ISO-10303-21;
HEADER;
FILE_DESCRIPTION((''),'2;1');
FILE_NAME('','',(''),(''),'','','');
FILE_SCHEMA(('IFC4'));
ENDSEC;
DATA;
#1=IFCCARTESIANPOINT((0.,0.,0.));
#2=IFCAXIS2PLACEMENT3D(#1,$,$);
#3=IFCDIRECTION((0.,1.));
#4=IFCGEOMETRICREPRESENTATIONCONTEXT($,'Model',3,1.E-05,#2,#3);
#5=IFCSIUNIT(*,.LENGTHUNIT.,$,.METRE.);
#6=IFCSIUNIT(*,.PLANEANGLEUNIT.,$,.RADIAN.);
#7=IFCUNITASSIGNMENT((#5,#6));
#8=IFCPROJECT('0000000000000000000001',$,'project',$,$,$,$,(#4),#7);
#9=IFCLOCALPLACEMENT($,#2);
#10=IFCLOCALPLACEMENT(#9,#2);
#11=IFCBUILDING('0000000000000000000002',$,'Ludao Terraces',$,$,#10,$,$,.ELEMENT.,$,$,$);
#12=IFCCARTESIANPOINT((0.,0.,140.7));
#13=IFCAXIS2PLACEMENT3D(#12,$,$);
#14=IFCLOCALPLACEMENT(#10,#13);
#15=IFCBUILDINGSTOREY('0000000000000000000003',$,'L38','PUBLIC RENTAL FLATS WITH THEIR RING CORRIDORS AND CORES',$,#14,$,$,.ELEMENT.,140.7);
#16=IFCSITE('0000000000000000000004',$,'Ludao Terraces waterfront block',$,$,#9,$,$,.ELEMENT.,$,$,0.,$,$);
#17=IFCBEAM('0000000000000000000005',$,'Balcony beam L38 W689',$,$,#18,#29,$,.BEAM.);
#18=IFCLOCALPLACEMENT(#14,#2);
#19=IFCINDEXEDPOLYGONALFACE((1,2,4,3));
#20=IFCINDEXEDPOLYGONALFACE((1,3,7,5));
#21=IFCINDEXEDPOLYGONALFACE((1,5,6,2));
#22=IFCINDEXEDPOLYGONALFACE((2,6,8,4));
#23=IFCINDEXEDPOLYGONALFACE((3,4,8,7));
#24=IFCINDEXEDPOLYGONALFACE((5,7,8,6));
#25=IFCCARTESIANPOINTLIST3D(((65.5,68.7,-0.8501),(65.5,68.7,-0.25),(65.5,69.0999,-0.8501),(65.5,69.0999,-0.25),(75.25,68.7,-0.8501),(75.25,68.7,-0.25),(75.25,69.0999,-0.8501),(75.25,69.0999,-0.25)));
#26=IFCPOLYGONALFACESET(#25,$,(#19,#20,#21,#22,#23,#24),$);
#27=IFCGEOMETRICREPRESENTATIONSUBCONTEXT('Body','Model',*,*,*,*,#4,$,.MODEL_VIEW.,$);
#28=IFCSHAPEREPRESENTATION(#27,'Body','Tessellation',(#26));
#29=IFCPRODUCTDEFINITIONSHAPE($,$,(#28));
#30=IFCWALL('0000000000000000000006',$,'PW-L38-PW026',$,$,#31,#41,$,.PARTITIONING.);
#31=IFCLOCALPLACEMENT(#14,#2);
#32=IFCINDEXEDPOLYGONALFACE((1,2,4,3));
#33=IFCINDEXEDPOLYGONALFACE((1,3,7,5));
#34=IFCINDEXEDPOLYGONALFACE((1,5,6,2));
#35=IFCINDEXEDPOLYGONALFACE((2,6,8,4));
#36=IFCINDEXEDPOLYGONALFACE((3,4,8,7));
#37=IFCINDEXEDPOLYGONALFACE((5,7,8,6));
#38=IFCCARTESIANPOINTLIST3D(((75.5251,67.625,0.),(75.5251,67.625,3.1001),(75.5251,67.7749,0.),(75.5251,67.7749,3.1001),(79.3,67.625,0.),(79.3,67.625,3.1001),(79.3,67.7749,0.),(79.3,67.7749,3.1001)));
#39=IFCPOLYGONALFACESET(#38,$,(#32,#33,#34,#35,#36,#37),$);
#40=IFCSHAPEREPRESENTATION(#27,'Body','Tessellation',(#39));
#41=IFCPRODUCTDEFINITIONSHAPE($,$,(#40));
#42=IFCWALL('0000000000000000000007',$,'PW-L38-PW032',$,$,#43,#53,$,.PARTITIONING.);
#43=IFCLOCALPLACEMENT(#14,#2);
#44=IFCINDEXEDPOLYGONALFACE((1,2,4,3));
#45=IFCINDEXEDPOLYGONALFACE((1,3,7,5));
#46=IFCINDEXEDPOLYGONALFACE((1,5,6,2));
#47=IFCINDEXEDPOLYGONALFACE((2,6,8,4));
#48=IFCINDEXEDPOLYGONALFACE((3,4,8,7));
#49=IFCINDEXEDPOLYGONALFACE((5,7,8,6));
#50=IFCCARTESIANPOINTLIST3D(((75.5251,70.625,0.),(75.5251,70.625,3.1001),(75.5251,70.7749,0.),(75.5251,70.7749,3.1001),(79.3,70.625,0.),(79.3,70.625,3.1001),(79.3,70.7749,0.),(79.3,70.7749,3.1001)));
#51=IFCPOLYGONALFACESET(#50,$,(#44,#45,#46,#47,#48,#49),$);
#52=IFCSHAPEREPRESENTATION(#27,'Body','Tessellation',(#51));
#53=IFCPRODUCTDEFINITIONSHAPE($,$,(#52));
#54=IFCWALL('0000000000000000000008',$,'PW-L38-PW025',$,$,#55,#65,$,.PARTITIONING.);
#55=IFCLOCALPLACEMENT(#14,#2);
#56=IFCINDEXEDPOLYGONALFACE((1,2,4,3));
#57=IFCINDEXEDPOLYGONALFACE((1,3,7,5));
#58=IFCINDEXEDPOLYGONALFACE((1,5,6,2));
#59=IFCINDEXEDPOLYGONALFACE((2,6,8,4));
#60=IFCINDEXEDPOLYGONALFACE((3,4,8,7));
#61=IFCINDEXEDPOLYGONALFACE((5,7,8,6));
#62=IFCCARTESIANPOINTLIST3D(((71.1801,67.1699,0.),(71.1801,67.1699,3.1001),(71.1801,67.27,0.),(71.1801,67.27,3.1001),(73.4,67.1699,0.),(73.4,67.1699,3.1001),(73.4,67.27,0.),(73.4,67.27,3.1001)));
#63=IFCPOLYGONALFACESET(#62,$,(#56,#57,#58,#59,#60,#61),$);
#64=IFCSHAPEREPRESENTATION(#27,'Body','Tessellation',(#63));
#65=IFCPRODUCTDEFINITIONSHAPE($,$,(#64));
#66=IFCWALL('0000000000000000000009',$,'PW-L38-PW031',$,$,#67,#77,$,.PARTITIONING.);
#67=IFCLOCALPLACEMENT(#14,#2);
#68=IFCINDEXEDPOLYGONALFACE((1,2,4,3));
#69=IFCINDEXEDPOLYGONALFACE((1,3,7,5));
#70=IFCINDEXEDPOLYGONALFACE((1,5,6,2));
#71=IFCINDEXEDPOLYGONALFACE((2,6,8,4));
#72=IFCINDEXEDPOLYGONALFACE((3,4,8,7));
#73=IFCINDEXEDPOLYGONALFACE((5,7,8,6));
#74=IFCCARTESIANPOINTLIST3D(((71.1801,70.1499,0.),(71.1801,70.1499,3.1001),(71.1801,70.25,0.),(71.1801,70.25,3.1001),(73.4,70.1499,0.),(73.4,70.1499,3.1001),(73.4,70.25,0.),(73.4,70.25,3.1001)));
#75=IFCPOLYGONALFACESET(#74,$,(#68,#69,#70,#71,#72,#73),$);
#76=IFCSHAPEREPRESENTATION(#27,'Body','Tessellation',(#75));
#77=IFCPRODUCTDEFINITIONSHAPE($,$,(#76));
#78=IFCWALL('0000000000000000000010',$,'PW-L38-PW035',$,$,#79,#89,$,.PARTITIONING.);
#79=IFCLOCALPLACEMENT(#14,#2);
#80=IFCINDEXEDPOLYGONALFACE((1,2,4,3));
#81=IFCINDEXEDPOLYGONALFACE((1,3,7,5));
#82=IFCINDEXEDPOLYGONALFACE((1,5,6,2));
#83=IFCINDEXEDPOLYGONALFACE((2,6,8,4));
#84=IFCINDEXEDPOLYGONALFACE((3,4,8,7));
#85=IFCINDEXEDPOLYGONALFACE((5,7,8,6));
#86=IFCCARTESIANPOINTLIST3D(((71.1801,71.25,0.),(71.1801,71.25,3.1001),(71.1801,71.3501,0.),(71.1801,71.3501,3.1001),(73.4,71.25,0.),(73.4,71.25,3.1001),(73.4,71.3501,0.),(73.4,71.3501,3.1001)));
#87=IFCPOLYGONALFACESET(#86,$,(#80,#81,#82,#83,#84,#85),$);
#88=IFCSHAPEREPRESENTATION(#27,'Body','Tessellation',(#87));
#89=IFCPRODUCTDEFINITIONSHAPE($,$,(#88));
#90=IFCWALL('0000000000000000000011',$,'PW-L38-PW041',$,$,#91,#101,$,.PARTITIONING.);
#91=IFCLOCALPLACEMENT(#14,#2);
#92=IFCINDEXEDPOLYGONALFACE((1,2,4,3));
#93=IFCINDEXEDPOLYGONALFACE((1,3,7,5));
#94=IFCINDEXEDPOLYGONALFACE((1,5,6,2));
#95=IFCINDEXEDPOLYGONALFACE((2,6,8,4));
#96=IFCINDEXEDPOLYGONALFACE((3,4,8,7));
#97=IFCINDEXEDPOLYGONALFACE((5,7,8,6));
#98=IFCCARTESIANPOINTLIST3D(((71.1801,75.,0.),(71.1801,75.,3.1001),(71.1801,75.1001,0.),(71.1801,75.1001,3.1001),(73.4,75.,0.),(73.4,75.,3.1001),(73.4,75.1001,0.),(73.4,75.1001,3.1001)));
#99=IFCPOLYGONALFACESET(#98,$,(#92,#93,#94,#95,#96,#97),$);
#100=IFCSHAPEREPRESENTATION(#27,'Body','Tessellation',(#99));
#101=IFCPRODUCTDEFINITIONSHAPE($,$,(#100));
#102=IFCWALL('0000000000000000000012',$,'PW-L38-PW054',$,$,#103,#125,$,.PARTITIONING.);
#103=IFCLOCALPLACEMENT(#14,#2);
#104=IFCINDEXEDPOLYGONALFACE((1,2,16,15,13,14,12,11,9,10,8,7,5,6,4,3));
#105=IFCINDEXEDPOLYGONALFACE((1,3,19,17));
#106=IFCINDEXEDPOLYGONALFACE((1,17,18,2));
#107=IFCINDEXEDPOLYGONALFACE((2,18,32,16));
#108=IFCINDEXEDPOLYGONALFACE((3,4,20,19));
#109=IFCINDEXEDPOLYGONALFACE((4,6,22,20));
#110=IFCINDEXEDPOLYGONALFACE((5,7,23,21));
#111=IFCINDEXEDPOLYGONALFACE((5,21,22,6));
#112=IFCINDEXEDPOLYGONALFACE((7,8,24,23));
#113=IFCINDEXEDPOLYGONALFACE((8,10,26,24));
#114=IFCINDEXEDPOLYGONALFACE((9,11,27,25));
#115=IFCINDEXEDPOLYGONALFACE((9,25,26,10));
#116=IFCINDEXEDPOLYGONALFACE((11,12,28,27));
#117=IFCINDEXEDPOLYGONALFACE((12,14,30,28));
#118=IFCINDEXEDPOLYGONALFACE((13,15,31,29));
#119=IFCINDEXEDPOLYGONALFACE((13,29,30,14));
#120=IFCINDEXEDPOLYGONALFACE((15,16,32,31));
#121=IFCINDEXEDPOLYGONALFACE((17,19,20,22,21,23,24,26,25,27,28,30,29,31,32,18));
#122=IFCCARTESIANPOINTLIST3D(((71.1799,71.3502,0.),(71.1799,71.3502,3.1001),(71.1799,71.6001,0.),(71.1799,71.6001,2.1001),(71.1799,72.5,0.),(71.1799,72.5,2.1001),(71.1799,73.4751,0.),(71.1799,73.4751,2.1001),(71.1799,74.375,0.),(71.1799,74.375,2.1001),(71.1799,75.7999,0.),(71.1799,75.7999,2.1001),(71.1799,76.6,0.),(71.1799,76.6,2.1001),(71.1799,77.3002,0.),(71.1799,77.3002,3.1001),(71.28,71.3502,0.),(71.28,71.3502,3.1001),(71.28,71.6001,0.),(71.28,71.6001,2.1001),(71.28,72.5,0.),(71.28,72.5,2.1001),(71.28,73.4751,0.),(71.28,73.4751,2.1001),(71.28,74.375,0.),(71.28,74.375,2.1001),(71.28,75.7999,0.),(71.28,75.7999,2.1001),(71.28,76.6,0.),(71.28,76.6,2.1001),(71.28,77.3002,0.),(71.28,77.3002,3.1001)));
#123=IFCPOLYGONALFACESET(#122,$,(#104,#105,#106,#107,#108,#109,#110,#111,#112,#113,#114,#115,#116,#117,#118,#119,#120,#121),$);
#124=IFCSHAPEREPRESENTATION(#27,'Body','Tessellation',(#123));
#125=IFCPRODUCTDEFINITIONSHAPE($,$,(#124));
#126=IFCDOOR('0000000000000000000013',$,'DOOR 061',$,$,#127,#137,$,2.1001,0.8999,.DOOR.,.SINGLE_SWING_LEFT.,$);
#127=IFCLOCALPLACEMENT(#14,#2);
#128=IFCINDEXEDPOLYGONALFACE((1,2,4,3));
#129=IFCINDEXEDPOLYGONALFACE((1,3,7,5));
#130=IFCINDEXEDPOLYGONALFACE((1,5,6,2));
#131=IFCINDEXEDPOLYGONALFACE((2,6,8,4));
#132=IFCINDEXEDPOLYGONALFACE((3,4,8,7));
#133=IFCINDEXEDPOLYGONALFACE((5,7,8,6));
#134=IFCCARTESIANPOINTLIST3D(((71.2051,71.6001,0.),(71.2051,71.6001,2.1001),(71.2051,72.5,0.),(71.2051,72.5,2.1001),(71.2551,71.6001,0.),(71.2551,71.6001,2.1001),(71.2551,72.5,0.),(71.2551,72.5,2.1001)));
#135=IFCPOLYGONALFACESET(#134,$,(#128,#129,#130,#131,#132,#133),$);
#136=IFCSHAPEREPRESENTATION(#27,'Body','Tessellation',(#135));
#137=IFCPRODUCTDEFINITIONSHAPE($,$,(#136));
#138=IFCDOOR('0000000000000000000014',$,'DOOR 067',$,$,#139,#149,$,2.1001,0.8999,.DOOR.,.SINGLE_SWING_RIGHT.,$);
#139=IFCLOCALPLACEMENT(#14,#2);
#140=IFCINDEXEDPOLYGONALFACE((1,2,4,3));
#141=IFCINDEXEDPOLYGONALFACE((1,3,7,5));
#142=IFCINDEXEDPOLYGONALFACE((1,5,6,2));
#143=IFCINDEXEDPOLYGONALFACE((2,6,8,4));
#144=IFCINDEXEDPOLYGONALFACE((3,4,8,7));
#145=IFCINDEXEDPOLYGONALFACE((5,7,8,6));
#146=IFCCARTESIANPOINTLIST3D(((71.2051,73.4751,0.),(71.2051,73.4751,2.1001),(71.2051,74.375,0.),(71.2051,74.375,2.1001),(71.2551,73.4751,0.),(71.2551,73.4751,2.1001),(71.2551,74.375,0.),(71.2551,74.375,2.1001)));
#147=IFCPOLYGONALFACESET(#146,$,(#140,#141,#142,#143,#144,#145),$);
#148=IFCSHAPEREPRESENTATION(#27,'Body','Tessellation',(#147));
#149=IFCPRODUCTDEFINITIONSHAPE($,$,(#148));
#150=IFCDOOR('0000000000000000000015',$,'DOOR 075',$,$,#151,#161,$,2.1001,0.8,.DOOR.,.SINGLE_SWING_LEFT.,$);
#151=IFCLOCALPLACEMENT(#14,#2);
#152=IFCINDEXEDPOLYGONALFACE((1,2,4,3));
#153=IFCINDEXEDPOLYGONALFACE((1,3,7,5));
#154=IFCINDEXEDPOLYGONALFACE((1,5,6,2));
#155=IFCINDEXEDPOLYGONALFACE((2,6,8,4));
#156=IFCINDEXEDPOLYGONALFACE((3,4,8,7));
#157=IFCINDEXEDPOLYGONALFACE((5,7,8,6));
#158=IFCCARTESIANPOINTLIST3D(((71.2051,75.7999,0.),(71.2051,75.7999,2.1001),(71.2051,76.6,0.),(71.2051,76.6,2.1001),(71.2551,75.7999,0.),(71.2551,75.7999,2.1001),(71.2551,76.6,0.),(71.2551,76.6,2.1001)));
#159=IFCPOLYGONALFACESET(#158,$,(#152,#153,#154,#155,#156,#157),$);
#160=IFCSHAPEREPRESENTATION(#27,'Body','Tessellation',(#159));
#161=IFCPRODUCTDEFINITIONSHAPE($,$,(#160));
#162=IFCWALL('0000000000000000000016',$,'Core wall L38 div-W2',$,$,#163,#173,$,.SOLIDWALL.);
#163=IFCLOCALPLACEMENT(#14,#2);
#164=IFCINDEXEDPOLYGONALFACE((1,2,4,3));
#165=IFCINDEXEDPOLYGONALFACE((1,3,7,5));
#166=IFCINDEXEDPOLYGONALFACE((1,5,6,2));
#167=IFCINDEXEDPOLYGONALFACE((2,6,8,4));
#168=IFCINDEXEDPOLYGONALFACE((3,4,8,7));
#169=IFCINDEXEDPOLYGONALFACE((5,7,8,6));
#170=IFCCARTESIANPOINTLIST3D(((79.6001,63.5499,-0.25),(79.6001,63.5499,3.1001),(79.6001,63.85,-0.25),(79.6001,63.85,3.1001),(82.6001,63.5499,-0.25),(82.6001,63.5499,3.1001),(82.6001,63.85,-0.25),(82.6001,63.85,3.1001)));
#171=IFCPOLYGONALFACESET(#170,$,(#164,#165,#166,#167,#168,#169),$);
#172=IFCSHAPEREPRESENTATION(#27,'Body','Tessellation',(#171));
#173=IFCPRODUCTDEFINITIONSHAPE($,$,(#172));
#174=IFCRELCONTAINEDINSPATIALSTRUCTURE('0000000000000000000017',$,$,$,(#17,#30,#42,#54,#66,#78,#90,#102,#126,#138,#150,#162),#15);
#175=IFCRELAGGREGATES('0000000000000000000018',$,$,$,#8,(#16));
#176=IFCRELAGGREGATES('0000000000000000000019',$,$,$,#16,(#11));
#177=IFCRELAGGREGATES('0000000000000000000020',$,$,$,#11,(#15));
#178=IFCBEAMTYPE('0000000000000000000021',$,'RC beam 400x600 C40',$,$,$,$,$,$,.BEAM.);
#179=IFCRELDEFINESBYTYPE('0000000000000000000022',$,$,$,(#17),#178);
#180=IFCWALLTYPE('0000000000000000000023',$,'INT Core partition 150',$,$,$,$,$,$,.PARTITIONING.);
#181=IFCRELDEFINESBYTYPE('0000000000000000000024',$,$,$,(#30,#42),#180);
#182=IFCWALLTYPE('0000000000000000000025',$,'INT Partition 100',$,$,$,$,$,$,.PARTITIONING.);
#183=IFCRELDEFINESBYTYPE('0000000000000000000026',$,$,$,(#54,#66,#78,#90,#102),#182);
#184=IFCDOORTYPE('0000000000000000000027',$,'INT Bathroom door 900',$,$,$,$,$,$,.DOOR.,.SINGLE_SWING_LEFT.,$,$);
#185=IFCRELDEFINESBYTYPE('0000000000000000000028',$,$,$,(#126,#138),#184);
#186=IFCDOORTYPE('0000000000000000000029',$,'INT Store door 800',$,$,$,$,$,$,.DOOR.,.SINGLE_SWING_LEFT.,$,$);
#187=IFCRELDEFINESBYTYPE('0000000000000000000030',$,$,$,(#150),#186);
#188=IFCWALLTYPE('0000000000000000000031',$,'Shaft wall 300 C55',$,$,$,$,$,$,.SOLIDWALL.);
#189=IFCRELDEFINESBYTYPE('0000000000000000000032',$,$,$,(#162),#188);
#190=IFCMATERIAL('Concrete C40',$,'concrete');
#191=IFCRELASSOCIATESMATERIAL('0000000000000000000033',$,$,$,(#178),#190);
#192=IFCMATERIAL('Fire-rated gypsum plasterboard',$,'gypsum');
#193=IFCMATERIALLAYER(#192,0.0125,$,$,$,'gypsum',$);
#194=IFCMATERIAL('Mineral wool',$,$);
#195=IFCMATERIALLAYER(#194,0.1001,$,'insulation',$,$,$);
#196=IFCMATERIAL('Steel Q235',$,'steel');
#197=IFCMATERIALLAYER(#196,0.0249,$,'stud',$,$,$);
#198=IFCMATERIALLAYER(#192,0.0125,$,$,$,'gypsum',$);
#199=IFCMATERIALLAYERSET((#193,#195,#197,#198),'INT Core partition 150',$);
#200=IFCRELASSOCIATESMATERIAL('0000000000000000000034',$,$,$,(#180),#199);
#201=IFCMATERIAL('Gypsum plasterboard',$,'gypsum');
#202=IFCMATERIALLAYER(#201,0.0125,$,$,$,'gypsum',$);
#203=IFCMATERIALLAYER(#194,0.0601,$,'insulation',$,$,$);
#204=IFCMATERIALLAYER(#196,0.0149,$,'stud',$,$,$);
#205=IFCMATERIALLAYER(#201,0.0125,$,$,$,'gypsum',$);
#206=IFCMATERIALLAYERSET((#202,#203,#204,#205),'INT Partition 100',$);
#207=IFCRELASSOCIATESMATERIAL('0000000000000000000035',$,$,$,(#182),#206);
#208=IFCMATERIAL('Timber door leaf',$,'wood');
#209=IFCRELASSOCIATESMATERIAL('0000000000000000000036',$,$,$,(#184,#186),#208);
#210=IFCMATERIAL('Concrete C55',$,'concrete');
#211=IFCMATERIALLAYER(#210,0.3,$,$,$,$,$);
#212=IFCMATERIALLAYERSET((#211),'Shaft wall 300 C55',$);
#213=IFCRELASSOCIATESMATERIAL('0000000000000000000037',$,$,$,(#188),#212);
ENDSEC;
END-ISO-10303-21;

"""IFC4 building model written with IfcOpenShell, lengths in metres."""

from ifc_helpers import new_model, si_unit, direction, frame, frame_2d, origin, origin_2d, place, context, subcontext, project, spatial, rectangle, extrude, material, layer, layer_set, material_profile, profile_set, type_object, element, fill, save


model = new_model("IFC4")

# Units and contexts
model_context = context("Model", 3, precision=1e-05, world=origin(), true_north=direction((0.0, 1.0)))
body_context = subcontext(model_context, "Body", "Model", "MODEL_VIEW")
ifc_project = project(units=[si_unit("LENGTHUNIT", "METRE"), si_unit("PLANEANGLEUNIT", "RADIAN")], contexts=[model_context])

# Site, building, storey
site_placement = place(None, origin())
site = spatial("IfcSite", under=ifc_project, at=site_placement, Name="Ludao Terraces waterfront block", CompositionType="ELEMENT", RefElevation=0.0)
building_placement = place(site_placement, origin())
building = spatial("IfcBuilding", under=site, at=building_placement, Name="Ludao Terraces", CompositionType="ELEMENT")
storey_placement = place(building_placement, frame((0.0, 0.0, 140.7)))
storey = spatial("IfcBuildingStorey", under=building, at=storey_placement, Name="L38", Description="PUBLIC RENTAL FLATS WITH THEIR RING CORRIDORS AND CORES", CompositionType="ELEMENT", Elevation=140.7)

# Beam
ifc_material_1 = material(Name="Concrete C40", Category="concrete")
ifc_material_profile = material_profile(ifc_material_1, rectangle(XDim=0.3999, YDim=0.6001, at=origin_2d()), Name="400 X 600")
ifc_profile_set = profile_set([ifc_material_profile], Name="Concrete C40")
beam_type = type_object("IfcBeamType", Name="RC beam 400x600 C40", PredefinedType="BEAM", material=ifc_profile_set)
beam_placement = place(storey_placement, frame((75.25, 68.8999, -0.55), z_axis=(-1.0, 0.0, 0.0), x_axis=(0.0, -1.0, 0.0)))
element("IfcBeam", 1, at=beam_placement, inside=storey, type_object=beam_type, Name="Balcony beam L38 W689", PredefinedType="BEAM", context=body_context, shape_type="SweptSolid", body=[
    extrude(rectangle(XDim=0.3999, YDim=0.6001, at=origin_2d()), origin(), (0.0, 0.0, 1.0), 9.75),
])

# Walls
ifc_material_2 = material(Name="Fire-rated gypsum plasterboard", Category="gypsum")
ifc_layer_1 = layer(ifc_material_2, 0.0125, Category="gypsum")
ifc_material_3 = material(Name="Mineral wool")
ifc_layer_2 = layer(ifc_material_3, 0.1001, Name="insulation")
ifc_material_4 = material(Name="Steel Q235", Category="steel")
ifc_layer_3 = layer(ifc_material_4, 0.0249, Name="stud")
ifc_layer_4 = layer(ifc_material_2, 0.0125, Category="gypsum")
ifc_layer_set_1 = layer_set([ifc_layer_1, ifc_layer_2, ifc_layer_3, ifc_layer_4], Name="INT Core partition 150")
wall_type_1 = type_object("IfcWallType", Name="INT Core partition 150", PredefinedType="PARTITIONING", material=ifc_layer_set_1)
for number, where, z_axis, x_axis, name in (
    (2, (75.5251, 67.7, 0.0), (0.0, 0.0, 1.0), (1.0, 0.0, 0.0), "PW-L38-PW026"),
    (3, (75.5251, 70.7, 0.0), (0.0, 0.0, 1.0), (1.0, 0.0, 0.0), "PW-L38-PW032"),
):
    element("IfcWall", number, at=place(storey_placement, frame(where, z_axis=z_axis, x_axis=x_axis)), inside=storey, type_object=wall_type_1, Name=name, PredefinedType="PARTITIONING", context=body_context, shape_type="SweptSolid", body=[
        extrude(rectangle(XDim=3.7749, YDim=0.1499, at=frame_2d((1.8875, 0.0))), origin(), (0.0, 0.0, 1.0), 3.1001),
    ])
ifc_material_5 = material(Name="Gypsum plasterboard", Category="gypsum")
ifc_layer_5 = layer(ifc_material_5, 0.0125, Category="gypsum")
ifc_layer_6 = layer(ifc_material_3, 0.0601, Name="insulation")
ifc_layer_7 = layer(ifc_material_4, 0.0149, Name="stud")
ifc_layer_8 = layer(ifc_material_5, 0.0125, Category="gypsum")
ifc_layer_set_2 = layer_set([ifc_layer_5, ifc_layer_6, ifc_layer_7, ifc_layer_8], Name="INT Partition 100")
wall_type_2 = type_object("IfcWallType", Name="INT Partition 100", PredefinedType="PARTITIONING", material=ifc_layer_set_2)
for number, where, z_axis, x_axis, name in (
    (4, (71.1802, 67.22, 0.0), (0.0, 0.0, 1.0), (1.0, 0.0, 0.0), "PW-L38-PW025"),
    (5, (71.1802, 70.2, 0.0), (0.0, 0.0, 1.0), (1.0, 0.0, 0.0), "PW-L38-PW031"),
    (6, (71.1802, 71.3, 0.0), (0.0, 0.0, 1.0), (1.0, 0.0, 0.0), "PW-L38-PW035"),
    (7, (71.1802, 75.05, 0.0), (0.0, 0.0, 1.0), (1.0, 0.0, 0.0), "PW-L38-PW041"),
):
    element("IfcWall", number, at=place(storey_placement, frame(where, z_axis=z_axis, x_axis=x_axis)), inside=storey, type_object=wall_type_2, Name=name, PredefinedType="PARTITIONING", context=body_context, shape_type="SweptSolid", body=[
        extrude(rectangle(XDim=2.22, YDim=0.1001, at=frame_2d((1.1099, 0.0))), origin(), (0.0, 0.0, 1.0), 3.1001),
    ])

# Wall, openings, doors
wall_1_placement = place(storey_placement, frame((71.23, 71.3501, 0.0), z_axis=(0.0, 0.0, 1.0), x_axis=(0.0, 1.0, 0.0)))
wall_1 = element("IfcWall", 8, at=wall_1_placement, inside=storey, type_object=wall_type_2, Name="PW-L38-PW054", PredefinedType="PARTITIONING", context=body_context, shape_type="SweptSolid", body=[
    extrude(rectangle(XDim=5.95, YDim=0.1001, at=frame_2d((2.9751, 0.0))), origin(), (0.0, 0.0, 1.0), 3.1001),
])
opening_1_placement = place(wall_1_placement, frame((0.25, 0.0, 0.0)))
opening_1 = element("IfcOpeningElement", 9, at=opening_1_placement, cuts=wall_1, PredefinedType="OPENING", context=body_context, shape_type="SweptSolid", body=[
    extrude(rectangle(XDim=0.8999, YDim=2.1001, at=frame_2d((0.45, 1.05))), frame((0.0, 0.0601, 0.0), z_axis=(0.0, -1.0, 0.0), x_axis=(1.0, 0.0, 0.0)), (0.0, 0.0, 1.0), 0.1201),
])
opening_2_placement = place(wall_1_placement, frame((2.125, 0.0, 0.0)))
opening_2 = element("IfcOpeningElement", 10, at=opening_2_placement, cuts=wall_1, PredefinedType="OPENING", context=body_context, shape_type="SweptSolid", body=[
    extrude(rectangle(XDim=0.8999, YDim=2.1001, at=frame_2d((0.45, 1.05))), frame((0.0, 0.0601, 0.0), z_axis=(0.0, -1.0, 0.0), x_axis=(1.0, 0.0, 0.0)), (0.0, 0.0, 1.0), 0.1201),
])
opening_3_placement = place(wall_1_placement, frame((4.45, 0.0, 0.0)))
opening_3 = element("IfcOpeningElement", 11, at=opening_3_placement, cuts=wall_1, PredefinedType="OPENING", context=body_context, shape_type="SweptSolid", body=[
    extrude(rectangle(XDim=0.8, YDim=2.1001, at=frame_2d((0.3999, 1.05))), frame((0.0, 0.0601, 0.0), z_axis=(0.0, -1.0, 0.0), x_axis=(1.0, 0.0, 0.0)), (0.0, 0.0, 1.0), 0.1201),
])
ifc_material_6 = material(Name="Timber door leaf", Category="wood")
door_type_1 = type_object("IfcDoorType", Name="INT Bathroom door 900", OperationType="SINGLE_SWING_LEFT", PredefinedType="DOOR", material=ifc_material_6)
door_1_placement = place(opening_1_placement, origin())
door_1 = element("IfcDoor", 12, at=door_1_placement, inside=storey, type_object=door_type_1, Name="DOOR 061", OperationType="SINGLE_SWING_LEFT", OverallHeight=2.1001, OverallWidth=0.8999, PredefinedType="DOOR", context=body_context, shape_type="SweptSolid", body=[
    extrude(rectangle(XDim=0.8999, YDim=2.1001, at=frame_2d((0.45, 1.05))), frame((0.0, 0.0249, 0.0), z_axis=(0.0, -1.0, 0.0), x_axis=(1.0, 0.0, 0.0)), (0.0, 0.0, 1.0), 0.05),
])
fill(opening_1, door_1)
door_2_placement = place(opening_2_placement, origin())
door_2 = element("IfcDoor", 13, at=door_2_placement, inside=storey, type_object=door_type_1, Name="DOOR 067", OperationType="SINGLE_SWING_RIGHT", OverallHeight=2.1001, OverallWidth=0.8999, PredefinedType="DOOR", context=body_context, shape_type="SweptSolid", body=[
    extrude(rectangle(XDim=0.8999, YDim=2.1001, at=frame_2d((0.45, 1.05))), frame((0.0, 0.0249, 0.0), z_axis=(0.0, -1.0, 0.0), x_axis=(1.0, 0.0, 0.0)), (0.0, 0.0, 1.0), 0.05),
])
fill(opening_2, door_2)
door_type_2 = type_object("IfcDoorType", Name="INT Store door 800", OperationType="SINGLE_SWING_LEFT", PredefinedType="DOOR", material=ifc_material_6)
door_3_placement = place(opening_3_placement, origin())
door_3 = element("IfcDoor", 14, at=door_3_placement, inside=storey, type_object=door_type_2, Name="DOOR 075", OperationType="SINGLE_SWING_LEFT", OverallHeight=2.1001, OverallWidth=0.8, PredefinedType="DOOR", context=body_context, shape_type="SweptSolid", body=[
    extrude(rectangle(XDim=0.8, YDim=2.1001, at=frame_2d((0.3999, 1.05))), frame((0.0, 0.0249, 0.0), z_axis=(0.0, -1.0, 0.0), x_axis=(1.0, 0.0, 0.0)), (0.0, 0.0, 1.0), 0.05),
])
fill(opening_3, door_3)

# Wall
ifc_material_7 = material(Name="Concrete C55", Category="concrete")
ifc_layer_9 = layer(ifc_material_7, 0.3)
ifc_layer_set_3 = layer_set([ifc_layer_9], Name="Shaft wall 300 C55")
wall_type_3 = type_object("IfcWallType", Name="Shaft wall 300 C55", PredefinedType="SOLIDWALL", material=ifc_layer_set_3)
wall_2_placement = place(storey_placement, frame((79.6001, 63.7, -0.25), z_axis=(0.0, 0.0, 1.0), x_axis=(1.0, 0.0, 0.0)))
element("IfcWall", 15, at=wall_2_placement, inside=storey, type_object=wall_type_3, Name="Core wall L38 div-W2", PredefinedType="SOLIDWALL", context=body_context, shape_type="SweptSolid", body=[
    extrude(rectangle(XDim=3.0, YDim=0.3, at=frame_2d((1.5, 0.0))), origin(), (0.0, 0.0, 1.0), 3.3501),
])

save(model, "model.ifc")
